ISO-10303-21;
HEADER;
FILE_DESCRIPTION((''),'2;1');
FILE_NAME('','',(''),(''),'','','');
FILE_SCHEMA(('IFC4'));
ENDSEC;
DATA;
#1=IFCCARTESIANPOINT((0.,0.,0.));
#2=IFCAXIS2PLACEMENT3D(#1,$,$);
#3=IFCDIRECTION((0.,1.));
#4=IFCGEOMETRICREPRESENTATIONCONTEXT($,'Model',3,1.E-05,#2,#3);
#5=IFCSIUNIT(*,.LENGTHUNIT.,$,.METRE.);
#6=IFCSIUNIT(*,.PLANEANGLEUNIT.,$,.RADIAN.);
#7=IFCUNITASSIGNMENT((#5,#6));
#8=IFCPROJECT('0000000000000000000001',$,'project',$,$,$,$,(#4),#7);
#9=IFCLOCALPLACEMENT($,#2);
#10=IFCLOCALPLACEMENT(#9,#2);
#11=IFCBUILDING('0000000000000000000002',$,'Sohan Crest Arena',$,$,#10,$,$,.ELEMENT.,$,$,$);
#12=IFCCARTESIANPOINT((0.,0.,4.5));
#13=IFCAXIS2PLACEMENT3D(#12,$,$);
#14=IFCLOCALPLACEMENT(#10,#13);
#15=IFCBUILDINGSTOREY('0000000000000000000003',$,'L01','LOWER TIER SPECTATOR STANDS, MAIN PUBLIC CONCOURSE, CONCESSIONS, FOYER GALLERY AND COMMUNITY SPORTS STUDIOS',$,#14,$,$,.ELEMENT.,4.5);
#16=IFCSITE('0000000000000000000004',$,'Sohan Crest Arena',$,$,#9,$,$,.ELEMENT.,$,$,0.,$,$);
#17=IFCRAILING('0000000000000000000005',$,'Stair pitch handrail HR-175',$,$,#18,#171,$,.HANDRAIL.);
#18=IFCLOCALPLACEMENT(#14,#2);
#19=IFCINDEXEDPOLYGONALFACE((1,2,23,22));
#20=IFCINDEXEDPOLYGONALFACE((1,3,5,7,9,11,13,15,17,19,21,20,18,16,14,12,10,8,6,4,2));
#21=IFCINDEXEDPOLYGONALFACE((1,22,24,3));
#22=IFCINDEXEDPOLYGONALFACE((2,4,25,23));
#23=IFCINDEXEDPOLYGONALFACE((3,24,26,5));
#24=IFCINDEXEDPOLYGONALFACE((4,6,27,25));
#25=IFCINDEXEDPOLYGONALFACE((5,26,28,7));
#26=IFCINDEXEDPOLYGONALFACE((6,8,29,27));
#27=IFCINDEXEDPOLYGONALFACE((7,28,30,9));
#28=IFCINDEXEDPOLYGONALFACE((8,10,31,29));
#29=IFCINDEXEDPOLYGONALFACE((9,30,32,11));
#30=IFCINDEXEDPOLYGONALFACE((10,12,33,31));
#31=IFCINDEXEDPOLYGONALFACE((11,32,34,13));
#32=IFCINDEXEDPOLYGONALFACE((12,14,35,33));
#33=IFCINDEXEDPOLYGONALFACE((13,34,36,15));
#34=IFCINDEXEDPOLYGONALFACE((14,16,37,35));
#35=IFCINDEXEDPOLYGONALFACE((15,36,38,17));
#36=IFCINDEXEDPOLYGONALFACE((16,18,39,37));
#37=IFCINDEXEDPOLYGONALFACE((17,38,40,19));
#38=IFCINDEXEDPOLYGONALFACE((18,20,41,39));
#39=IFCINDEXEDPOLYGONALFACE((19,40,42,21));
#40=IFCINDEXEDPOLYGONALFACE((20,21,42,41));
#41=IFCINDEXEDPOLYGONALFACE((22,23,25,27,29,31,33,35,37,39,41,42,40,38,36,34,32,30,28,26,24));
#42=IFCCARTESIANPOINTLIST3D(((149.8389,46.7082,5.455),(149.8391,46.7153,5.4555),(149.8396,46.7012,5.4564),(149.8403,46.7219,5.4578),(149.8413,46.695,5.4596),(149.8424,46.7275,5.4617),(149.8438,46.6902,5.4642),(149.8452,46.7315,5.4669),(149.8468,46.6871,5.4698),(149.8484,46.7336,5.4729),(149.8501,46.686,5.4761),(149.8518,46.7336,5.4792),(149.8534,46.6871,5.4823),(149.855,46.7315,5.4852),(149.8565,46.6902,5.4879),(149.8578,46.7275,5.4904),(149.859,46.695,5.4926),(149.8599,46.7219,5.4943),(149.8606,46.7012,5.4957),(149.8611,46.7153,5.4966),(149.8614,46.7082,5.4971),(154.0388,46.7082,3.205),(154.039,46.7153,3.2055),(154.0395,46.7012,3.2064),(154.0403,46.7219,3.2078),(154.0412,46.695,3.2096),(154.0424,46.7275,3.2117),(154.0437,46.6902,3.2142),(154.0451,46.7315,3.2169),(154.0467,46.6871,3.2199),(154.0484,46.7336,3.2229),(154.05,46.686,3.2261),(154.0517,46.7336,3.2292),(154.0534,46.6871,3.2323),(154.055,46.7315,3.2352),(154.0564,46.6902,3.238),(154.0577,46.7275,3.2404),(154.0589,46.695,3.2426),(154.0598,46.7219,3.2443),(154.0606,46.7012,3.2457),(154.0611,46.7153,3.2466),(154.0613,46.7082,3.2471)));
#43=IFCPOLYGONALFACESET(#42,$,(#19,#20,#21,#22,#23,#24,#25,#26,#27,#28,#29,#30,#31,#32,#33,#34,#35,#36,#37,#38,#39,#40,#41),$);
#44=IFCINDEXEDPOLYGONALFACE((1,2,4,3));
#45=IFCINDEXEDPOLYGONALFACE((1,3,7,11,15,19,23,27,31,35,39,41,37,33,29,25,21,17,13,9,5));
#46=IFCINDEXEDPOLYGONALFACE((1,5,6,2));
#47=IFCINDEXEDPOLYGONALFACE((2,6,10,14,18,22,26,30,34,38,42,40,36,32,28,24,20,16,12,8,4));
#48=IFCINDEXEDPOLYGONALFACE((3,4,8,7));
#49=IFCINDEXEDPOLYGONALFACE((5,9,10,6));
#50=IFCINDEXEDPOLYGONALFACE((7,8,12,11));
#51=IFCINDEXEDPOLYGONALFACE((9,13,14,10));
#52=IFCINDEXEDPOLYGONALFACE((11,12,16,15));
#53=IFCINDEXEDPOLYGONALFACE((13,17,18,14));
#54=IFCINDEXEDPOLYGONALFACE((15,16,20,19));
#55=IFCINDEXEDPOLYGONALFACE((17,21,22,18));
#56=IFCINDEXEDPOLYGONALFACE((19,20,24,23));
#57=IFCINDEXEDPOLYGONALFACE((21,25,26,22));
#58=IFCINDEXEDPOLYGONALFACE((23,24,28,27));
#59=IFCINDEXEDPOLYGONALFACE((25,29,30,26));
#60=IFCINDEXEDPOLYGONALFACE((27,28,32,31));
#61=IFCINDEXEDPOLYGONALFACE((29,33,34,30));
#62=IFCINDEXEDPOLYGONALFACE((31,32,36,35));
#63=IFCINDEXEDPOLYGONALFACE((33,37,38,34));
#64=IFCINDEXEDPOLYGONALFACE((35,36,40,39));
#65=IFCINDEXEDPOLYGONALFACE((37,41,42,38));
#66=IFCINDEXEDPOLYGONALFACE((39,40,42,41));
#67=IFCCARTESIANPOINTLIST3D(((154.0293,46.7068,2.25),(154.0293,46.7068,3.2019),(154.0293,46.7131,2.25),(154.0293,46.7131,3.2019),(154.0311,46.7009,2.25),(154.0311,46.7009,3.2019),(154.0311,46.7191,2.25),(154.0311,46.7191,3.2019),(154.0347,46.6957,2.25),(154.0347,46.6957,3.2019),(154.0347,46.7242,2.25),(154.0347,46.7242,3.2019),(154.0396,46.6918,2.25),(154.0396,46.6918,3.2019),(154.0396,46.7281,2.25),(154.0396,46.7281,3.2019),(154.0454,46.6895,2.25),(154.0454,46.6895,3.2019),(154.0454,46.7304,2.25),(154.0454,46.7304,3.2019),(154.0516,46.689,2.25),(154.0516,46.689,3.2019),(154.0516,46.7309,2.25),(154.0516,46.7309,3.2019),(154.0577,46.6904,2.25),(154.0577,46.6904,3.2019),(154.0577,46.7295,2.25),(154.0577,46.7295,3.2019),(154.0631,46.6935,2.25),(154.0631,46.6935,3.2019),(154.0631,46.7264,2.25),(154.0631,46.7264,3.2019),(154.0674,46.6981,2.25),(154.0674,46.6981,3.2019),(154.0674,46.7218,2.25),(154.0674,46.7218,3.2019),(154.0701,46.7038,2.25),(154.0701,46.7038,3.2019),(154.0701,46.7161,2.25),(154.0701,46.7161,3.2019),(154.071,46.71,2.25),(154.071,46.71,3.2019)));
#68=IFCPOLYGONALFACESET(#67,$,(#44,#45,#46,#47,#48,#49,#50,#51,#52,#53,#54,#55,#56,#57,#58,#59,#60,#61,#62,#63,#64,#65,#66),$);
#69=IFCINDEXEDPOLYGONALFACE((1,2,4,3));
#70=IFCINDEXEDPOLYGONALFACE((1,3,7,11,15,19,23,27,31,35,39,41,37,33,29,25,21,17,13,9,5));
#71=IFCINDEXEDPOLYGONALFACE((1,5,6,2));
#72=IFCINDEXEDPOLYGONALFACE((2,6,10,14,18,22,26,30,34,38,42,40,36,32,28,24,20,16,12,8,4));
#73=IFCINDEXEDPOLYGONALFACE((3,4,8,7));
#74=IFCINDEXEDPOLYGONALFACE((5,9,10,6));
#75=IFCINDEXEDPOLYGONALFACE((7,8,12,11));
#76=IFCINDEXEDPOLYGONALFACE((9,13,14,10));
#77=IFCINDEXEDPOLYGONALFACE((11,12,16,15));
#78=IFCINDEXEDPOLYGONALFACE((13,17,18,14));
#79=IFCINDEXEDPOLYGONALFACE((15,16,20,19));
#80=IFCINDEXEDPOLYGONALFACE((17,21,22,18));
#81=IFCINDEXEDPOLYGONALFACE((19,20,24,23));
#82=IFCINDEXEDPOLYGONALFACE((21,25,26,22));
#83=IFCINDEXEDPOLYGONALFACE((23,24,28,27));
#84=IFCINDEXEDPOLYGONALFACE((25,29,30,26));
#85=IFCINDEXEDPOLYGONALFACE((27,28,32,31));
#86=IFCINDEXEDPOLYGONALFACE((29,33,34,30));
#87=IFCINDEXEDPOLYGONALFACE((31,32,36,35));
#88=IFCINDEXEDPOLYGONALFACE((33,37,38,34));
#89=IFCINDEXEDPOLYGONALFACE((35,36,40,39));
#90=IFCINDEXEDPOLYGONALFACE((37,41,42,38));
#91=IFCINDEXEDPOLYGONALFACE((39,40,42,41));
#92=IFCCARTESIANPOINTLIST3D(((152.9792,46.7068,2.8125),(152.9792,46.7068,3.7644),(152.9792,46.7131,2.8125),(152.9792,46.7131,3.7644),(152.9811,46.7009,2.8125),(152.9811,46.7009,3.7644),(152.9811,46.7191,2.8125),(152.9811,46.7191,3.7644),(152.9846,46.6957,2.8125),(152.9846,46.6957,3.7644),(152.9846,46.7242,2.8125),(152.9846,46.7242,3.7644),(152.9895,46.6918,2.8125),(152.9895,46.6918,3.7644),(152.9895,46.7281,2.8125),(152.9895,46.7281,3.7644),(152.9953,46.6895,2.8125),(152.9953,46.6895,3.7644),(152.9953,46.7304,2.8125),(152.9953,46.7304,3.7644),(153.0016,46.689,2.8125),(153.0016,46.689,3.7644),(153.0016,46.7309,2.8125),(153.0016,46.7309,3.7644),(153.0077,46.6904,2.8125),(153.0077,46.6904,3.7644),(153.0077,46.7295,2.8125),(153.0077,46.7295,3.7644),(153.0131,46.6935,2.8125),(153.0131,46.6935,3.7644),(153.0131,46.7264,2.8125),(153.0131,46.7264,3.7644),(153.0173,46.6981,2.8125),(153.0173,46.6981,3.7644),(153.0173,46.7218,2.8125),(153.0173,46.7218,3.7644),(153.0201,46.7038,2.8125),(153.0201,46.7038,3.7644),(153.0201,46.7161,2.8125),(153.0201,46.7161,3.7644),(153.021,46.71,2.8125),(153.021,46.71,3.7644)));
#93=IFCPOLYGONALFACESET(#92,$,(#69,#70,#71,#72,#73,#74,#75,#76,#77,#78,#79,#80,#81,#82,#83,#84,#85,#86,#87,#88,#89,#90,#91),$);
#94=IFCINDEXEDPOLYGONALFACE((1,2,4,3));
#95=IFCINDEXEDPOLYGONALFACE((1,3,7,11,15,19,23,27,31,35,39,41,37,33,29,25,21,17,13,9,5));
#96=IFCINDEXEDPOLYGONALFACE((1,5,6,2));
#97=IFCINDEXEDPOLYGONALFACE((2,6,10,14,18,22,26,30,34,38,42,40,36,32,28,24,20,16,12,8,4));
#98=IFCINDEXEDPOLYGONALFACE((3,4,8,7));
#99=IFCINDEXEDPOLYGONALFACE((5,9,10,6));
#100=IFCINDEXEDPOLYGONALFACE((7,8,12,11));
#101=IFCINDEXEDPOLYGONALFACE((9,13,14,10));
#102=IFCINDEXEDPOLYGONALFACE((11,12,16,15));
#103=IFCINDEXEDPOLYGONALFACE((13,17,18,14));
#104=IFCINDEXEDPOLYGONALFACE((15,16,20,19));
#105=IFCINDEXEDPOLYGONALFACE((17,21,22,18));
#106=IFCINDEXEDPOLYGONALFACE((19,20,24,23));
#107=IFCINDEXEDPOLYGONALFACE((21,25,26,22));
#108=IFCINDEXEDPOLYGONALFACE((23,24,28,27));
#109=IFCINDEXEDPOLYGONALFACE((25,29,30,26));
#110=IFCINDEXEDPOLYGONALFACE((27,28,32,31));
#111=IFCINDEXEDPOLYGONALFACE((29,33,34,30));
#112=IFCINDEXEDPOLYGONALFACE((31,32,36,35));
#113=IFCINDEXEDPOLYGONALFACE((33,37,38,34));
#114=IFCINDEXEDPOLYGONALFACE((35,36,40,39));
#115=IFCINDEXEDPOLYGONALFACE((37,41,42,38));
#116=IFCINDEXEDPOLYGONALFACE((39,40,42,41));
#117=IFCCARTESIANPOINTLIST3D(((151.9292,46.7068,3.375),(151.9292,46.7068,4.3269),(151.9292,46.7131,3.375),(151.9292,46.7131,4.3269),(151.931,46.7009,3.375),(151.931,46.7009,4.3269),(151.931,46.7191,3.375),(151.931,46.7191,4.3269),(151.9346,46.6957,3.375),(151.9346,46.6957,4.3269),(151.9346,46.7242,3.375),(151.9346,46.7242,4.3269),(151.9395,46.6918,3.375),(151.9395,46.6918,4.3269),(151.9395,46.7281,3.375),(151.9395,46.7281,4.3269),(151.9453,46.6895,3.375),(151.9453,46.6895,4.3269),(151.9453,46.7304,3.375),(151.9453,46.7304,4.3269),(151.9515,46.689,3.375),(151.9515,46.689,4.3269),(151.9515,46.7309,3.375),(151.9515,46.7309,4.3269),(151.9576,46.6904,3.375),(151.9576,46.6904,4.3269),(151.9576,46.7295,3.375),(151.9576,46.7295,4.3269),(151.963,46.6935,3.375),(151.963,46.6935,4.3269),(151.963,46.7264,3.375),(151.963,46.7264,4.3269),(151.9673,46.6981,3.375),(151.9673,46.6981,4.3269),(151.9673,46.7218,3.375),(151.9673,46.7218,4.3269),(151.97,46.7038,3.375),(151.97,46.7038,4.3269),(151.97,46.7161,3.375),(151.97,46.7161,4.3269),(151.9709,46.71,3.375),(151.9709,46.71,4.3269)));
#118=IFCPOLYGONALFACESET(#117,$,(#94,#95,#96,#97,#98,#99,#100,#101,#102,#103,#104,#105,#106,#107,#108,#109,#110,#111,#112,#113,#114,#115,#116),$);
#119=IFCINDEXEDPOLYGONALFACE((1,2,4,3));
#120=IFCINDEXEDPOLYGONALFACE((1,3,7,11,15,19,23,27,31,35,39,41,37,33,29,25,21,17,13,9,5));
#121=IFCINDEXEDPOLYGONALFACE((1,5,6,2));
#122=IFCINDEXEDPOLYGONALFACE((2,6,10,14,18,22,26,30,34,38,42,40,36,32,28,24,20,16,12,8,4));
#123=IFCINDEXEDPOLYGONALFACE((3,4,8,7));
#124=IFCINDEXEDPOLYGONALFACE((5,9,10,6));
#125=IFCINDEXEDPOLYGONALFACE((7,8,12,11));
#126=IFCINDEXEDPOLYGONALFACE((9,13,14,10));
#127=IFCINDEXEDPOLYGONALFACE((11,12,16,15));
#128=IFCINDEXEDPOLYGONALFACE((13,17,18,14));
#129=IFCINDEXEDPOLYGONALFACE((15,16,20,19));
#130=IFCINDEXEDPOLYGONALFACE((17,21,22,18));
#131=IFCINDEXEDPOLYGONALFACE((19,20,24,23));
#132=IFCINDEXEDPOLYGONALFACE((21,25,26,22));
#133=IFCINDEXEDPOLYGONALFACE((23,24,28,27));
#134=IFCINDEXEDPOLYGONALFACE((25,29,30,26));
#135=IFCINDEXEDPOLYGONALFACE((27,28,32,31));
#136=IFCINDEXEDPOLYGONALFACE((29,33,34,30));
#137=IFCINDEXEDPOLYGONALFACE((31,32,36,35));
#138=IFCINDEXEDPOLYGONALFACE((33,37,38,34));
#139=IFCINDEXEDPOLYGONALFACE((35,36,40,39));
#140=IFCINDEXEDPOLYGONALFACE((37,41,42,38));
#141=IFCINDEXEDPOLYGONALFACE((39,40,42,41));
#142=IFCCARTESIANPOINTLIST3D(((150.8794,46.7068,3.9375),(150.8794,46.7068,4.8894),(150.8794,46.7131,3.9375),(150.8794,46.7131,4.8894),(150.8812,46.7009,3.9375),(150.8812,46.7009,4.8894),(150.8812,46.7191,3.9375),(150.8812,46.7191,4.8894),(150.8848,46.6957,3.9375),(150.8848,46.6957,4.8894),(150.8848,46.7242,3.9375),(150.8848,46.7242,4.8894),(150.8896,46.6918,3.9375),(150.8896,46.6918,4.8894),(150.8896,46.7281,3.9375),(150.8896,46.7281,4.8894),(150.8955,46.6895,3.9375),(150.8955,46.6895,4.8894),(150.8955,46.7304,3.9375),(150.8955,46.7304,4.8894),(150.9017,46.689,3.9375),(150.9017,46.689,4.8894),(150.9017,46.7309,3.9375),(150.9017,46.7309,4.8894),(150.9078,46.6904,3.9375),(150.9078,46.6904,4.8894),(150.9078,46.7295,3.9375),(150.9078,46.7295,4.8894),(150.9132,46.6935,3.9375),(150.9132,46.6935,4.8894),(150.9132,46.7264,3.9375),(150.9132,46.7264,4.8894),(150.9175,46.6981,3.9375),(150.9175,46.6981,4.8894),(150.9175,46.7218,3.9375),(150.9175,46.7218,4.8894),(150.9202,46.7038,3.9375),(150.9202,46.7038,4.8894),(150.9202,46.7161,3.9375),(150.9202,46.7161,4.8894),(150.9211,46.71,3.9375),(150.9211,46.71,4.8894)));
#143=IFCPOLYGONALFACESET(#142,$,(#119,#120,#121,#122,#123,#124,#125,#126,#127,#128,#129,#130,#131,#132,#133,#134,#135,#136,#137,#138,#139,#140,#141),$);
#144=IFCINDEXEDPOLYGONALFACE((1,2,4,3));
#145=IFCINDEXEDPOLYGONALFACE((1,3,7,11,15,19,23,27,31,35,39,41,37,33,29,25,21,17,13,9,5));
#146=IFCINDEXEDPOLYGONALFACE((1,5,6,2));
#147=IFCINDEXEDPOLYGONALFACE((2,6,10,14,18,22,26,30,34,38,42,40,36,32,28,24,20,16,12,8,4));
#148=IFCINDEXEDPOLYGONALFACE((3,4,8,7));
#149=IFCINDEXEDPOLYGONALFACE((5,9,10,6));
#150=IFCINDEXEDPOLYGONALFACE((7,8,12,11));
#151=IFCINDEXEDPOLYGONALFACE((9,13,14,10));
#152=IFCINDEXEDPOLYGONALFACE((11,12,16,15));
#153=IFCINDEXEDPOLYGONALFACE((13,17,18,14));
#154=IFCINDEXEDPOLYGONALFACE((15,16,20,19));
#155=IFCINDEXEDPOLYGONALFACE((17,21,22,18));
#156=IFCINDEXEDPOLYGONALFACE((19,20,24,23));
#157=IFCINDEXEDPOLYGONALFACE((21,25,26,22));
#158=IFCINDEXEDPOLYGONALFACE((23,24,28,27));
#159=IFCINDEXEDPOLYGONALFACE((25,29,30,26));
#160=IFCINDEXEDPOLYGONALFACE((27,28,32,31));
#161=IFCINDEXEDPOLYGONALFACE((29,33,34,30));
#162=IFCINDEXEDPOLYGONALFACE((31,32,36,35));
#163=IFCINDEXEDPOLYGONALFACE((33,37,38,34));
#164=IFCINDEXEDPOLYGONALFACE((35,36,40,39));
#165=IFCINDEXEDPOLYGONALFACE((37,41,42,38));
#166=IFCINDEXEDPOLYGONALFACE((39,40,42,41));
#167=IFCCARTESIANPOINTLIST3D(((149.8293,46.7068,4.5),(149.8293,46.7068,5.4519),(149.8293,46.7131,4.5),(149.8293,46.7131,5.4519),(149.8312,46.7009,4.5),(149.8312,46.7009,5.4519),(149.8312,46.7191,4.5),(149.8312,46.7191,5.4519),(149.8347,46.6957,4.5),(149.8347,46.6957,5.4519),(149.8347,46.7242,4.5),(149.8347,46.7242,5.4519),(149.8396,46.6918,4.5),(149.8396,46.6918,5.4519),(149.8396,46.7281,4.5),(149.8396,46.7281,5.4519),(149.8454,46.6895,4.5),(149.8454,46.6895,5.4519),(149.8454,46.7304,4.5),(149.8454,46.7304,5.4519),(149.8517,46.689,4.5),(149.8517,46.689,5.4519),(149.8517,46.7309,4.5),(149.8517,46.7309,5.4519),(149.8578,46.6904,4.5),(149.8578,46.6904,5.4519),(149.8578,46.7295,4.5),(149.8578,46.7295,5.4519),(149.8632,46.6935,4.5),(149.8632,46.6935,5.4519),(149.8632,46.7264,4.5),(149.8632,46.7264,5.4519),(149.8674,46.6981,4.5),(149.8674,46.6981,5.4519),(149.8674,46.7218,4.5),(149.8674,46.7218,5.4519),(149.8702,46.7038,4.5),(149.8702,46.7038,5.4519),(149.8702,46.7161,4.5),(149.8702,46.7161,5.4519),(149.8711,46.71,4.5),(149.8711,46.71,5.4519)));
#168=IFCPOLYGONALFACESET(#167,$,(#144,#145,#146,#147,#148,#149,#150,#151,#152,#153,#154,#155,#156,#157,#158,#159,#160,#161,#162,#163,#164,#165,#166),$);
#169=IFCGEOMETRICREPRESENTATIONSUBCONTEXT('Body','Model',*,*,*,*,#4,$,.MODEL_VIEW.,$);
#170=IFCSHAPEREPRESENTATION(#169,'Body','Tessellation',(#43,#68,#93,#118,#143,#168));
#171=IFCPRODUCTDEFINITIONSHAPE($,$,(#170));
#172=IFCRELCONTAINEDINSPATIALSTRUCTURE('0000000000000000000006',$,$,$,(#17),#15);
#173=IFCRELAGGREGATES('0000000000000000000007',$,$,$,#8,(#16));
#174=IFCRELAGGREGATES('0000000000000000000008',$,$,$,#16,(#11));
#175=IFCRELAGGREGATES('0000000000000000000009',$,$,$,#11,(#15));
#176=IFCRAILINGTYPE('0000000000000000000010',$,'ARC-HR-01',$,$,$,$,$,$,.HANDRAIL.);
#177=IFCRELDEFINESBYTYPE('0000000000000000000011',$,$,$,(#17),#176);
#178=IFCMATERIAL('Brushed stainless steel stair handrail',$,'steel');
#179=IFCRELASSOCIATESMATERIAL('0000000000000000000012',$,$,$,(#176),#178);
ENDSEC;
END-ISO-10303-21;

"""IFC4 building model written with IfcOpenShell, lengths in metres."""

from ifc_helpers import new_model, si_unit, direction, frame, origin, origin_2d, place, context, subcontext, project, spatial, circle, extrude, material, type_object, element, save


model = new_model("IFC4")

# Units and contexts
model_context = context("Model", 3, precision=1e-05, world=origin(), true_north=direction((0.0, 1.0)))
body_context = subcontext(model_context, "Body", "Model", "MODEL_VIEW")
ifc_project = project(units=[si_unit("LENGTHUNIT", "METRE"), si_unit("PLANEANGLEUNIT", "RADIAN")], contexts=[model_context])

# Site, building, storey
site_placement = place(None, origin())
site = spatial("IfcSite", under=ifc_project, at=site_placement, Name="Sohan Crest Arena", CompositionType="ELEMENT", RefElevation=0.0)
building_placement = place(site_placement, origin())
building = spatial("IfcBuilding", under=site, at=building_placement, Name="Sohan Crest Arena", CompositionType="ELEMENT")
storey_placement = place(building_placement, frame((0.0, 0.0, 4.5)))
storey = spatial("IfcBuildingStorey", under=building, at=storey_placement, Name="L01", Description="LOWER TIER SPECTATOR STANDS, MAIN PUBLIC CONCOURSE, CONCESSIONS, FOYER GALLERY AND COMMUNITY SPORTS STUDIOS", CompositionType="ELEMENT", Elevation=4.5)

# Railing
ifc_material_1 = material(Name="Brushed stainless steel stair handrail", Category="steel")
railing_type_1 = type_object("IfcRailingType", Name="ARC-HR-01", PredefinedType="HANDRAIL", material=ifc_material_1)
railing_1_placement = place(storey_placement, frame((154.05, 46.71, 2.25)))
element("IfcRailing", 1, at=railing_1_placement, inside=storey, type_object=railing_type_1, Name="Stair pitch handrail HR-175", PredefinedType="HANDRAIL", context=body_context, shape_type="SweptSolid", body=[
    extrude(circle(Radius=0.0239, at=origin_2d()), frame((0.0, 0.0, 0.9761), z_axis=(-0.881478, 0.0, 0.472226), x_axis=(0.0, -1.0, 0.0)), (0.0, 0.0, 1.0), 4.7646),
    extrude(circle(Radius=0.021, at=origin_2d()), origin(), (0.0, 0.0, 1.0), 0.9519),
    extrude(circle(Radius=0.021, at=origin_2d()), frame((-1.05, 0.0, 0.5625)), (0.0, 0.0, 1.0), 0.9519),
    extrude(circle(Radius=0.021, at=origin_2d()), frame((-2.1001, 0.0, 1.125)), (0.0, 0.0, 1.0), 0.9519),
    extrude(circle(Radius=0.021, at=origin_2d()), frame((-3.1499, 0.0, 1.6875)), (0.0, 0.0, 1.0), 0.9519),
    extrude(circle(Radius=0.021, at=origin_2d()), frame((-4.2, 0.0, 2.25)), (0.0, 0.0, 1.0), 0.9519),
])

save(model, "model.ifc")
